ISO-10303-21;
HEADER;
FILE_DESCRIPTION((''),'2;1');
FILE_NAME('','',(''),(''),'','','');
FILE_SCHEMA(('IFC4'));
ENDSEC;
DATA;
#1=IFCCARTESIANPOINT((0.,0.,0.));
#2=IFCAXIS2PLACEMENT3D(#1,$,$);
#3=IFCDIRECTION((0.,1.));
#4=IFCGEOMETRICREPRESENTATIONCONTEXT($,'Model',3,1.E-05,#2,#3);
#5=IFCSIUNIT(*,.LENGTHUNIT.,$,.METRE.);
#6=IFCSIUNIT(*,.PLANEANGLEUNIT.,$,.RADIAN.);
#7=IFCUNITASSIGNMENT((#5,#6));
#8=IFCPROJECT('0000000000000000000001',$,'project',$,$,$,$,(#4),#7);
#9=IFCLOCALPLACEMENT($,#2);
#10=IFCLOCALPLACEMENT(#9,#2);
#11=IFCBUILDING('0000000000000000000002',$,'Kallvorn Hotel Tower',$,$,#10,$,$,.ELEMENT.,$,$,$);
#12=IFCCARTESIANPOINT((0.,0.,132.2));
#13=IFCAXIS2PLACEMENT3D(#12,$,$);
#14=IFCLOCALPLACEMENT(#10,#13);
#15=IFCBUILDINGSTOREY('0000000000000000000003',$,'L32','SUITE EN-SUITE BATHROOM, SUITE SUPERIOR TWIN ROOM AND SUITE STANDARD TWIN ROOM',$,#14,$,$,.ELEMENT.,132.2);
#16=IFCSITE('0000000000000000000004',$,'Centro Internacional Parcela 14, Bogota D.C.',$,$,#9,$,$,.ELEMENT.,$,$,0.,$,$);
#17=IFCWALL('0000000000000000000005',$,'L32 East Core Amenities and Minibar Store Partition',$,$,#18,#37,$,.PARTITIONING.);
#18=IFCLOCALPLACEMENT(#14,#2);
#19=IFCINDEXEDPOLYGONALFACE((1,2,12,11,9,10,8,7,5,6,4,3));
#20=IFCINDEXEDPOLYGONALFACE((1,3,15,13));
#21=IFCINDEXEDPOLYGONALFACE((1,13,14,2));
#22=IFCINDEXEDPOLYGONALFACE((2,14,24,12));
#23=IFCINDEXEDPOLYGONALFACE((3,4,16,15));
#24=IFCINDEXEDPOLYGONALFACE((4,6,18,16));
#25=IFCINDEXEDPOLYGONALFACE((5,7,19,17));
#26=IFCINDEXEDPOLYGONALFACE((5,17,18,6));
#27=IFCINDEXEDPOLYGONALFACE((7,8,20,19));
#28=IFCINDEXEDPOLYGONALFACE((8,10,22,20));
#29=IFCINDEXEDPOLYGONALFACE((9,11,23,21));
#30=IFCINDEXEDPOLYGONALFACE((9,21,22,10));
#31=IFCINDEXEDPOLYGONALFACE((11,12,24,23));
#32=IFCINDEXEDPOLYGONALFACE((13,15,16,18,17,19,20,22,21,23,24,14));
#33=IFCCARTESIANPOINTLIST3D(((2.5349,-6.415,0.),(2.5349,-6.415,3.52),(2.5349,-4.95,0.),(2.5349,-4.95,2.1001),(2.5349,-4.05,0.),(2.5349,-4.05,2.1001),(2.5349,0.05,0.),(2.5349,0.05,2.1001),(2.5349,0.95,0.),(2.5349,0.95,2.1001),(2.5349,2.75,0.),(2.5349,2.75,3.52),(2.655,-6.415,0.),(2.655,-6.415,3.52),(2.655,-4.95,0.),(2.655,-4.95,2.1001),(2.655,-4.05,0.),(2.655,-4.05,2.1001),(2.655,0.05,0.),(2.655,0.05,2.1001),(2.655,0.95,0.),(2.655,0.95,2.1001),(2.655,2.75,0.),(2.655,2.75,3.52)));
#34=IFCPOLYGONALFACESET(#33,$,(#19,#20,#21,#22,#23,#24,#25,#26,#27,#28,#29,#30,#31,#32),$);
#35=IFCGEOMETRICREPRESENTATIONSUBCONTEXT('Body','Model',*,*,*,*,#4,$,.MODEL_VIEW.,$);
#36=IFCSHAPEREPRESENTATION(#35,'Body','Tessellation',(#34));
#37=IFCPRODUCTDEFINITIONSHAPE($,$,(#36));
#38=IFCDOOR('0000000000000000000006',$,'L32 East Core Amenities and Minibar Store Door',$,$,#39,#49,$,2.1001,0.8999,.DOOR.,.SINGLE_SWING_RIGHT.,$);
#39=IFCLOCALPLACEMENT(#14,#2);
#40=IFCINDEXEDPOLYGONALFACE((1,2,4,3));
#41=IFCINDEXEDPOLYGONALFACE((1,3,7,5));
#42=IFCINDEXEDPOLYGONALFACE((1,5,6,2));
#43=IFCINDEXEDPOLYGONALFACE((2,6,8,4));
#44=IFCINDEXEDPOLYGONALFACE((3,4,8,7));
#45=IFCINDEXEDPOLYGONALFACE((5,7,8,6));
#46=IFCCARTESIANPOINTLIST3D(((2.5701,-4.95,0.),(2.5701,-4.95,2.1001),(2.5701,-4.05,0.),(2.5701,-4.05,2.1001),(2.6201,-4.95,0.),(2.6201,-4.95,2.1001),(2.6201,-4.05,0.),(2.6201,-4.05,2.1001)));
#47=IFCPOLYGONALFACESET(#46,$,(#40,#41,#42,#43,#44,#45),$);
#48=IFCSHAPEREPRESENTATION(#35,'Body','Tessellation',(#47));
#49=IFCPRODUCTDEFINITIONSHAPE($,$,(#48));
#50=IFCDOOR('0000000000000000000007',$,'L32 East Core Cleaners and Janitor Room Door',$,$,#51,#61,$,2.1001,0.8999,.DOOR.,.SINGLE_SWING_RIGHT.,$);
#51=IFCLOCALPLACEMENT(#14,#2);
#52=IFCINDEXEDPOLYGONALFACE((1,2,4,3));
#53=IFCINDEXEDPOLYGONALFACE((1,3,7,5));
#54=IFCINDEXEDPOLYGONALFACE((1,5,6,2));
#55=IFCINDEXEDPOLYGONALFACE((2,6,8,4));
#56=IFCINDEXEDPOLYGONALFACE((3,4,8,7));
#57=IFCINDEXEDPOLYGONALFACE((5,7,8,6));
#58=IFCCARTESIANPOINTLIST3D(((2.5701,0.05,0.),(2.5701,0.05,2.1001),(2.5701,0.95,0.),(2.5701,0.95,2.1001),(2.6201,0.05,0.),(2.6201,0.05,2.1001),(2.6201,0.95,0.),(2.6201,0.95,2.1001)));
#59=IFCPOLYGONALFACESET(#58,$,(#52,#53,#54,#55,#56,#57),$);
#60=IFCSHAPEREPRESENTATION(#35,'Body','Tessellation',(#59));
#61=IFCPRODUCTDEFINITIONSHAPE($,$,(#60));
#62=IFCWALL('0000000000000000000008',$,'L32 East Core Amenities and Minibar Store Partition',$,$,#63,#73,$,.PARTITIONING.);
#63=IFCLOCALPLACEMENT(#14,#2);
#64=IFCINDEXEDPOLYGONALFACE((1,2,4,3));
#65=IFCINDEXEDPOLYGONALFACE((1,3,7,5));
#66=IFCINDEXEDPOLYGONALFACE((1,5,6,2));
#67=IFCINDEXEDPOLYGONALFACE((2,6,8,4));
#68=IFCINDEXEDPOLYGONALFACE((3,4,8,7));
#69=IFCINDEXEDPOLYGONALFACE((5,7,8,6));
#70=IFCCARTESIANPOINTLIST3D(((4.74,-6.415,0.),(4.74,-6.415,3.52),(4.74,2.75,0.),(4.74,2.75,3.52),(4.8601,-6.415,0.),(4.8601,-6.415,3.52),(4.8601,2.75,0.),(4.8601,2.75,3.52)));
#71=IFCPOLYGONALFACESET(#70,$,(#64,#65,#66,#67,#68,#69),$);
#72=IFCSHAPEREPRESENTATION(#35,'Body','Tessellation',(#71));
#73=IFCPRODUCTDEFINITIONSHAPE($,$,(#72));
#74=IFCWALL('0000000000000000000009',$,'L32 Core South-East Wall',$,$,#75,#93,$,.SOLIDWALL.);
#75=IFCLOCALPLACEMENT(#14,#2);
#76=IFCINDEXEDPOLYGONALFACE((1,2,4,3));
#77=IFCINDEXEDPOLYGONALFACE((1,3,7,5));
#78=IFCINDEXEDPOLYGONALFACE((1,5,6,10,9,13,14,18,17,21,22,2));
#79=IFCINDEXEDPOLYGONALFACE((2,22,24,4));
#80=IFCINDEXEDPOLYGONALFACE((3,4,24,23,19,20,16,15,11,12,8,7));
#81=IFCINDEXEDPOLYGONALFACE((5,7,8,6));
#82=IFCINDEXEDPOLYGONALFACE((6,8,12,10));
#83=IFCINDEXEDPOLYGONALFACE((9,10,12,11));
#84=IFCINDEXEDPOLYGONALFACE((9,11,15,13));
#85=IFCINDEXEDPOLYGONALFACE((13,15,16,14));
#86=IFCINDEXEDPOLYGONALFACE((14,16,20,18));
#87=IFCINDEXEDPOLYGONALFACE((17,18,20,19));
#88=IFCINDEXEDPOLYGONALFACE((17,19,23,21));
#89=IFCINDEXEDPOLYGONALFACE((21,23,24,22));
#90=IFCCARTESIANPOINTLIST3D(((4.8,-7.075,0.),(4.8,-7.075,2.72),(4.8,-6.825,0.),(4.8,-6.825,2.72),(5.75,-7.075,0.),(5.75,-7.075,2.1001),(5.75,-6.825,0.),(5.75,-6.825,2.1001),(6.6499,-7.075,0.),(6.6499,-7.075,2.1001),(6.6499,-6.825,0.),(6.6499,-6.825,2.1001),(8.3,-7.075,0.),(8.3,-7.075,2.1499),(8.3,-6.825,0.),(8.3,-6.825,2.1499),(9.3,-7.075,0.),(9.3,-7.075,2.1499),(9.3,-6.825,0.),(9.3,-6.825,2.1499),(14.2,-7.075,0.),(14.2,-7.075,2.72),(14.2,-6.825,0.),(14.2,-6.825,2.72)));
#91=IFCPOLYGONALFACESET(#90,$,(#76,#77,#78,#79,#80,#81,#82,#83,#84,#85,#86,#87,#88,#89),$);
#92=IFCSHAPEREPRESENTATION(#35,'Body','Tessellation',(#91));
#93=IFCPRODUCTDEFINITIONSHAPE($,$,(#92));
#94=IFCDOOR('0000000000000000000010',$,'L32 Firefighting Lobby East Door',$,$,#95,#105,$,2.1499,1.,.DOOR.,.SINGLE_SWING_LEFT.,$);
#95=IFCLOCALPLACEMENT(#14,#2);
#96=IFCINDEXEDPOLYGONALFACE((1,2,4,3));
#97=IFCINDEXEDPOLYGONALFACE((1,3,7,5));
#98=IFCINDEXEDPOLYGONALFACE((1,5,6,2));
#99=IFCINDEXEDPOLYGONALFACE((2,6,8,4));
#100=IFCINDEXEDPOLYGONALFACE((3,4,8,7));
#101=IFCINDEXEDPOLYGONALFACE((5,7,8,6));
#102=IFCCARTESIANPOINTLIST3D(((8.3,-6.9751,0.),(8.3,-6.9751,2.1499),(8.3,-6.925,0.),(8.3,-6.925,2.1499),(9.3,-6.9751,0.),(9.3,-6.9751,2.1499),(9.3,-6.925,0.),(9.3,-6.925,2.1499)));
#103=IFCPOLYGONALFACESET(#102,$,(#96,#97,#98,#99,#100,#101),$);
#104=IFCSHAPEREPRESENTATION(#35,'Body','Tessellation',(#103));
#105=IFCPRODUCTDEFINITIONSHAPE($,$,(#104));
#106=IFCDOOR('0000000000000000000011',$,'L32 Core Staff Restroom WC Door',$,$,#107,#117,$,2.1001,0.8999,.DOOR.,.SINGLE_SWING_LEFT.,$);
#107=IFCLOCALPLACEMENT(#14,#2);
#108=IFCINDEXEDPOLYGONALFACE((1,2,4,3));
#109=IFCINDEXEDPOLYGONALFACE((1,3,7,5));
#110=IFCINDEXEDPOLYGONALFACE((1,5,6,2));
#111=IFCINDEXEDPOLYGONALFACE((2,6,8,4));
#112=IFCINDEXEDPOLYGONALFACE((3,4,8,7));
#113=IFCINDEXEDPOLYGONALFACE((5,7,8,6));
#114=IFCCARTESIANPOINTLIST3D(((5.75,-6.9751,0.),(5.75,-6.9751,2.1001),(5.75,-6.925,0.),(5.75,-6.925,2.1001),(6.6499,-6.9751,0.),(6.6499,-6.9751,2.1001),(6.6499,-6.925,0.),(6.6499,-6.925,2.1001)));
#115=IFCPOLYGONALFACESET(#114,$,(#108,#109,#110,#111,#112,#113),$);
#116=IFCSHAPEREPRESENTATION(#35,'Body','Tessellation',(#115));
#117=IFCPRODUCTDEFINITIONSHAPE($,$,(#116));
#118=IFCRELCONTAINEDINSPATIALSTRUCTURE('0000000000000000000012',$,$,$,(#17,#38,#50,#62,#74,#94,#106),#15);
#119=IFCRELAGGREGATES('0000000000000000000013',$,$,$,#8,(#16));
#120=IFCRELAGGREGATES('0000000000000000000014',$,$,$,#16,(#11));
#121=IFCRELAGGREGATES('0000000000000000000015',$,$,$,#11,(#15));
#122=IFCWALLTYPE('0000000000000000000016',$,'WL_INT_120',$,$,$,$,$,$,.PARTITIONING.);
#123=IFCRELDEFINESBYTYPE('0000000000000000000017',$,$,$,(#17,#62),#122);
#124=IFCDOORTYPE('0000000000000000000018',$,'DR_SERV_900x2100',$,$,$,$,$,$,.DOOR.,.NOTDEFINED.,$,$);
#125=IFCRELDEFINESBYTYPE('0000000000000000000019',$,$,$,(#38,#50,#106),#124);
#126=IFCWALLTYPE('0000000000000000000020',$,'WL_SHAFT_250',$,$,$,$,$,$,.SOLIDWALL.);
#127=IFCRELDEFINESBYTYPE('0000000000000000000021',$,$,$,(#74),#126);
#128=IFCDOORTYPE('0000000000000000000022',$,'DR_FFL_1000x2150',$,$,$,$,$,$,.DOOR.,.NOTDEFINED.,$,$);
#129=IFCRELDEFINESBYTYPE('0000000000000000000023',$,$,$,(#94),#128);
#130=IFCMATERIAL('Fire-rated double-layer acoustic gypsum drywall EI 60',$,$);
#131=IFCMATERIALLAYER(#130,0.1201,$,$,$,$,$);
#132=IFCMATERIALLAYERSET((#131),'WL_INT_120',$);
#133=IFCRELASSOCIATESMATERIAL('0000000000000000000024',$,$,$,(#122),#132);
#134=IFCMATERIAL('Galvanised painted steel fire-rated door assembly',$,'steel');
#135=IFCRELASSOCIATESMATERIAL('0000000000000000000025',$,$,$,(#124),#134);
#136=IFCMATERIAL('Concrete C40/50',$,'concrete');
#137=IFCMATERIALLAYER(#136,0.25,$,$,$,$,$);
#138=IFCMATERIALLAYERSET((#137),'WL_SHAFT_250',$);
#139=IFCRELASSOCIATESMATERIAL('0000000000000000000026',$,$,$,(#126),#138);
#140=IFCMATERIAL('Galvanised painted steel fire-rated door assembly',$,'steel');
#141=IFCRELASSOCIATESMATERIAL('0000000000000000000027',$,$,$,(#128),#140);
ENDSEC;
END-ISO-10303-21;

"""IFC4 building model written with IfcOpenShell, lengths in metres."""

from ifc_helpers import new_model, si_unit, direction, frame, frame_2d, origin, place, context, subcontext, project, spatial, rectangle, extrude, material, layer, layer_set, type_object, element, fill, save


model = new_model("IFC4")

# Units and contexts
model_context = context("Model", 3, precision=1e-05, world=origin(), true_north=direction((0.0, 1.0)))
body_context = subcontext(model_context, "Body", "Model", "MODEL_VIEW")
ifc_project = project(units=[si_unit("LENGTHUNIT", "METRE"), si_unit("PLANEANGLEUNIT", "RADIAN")], contexts=[model_context])

# Site, building, storey
site_placement = place(None, origin())
site = spatial("IfcSite", under=ifc_project, at=site_placement, Name="Centro Internacional Parcela 14, Bogota D.C.", CompositionType="ELEMENT", RefElevation=0.0)
building_placement = place(site_placement, origin())
building = spatial("IfcBuilding", under=site, at=building_placement, Name="Kallvorn Hotel Tower", CompositionType="ELEMENT")
storey_placement = place(building_placement, frame((0.0, 0.0, 132.2)))
storey = spatial("IfcBuildingStorey", under=building, at=storey_placement, Name="L32", Description="SUITE EN-SUITE BATHROOM, SUITE SUPERIOR TWIN ROOM AND SUITE STANDARD TWIN ROOM", CompositionType="ELEMENT", Elevation=132.2)

# Shared definitions
ifc_material_1 = material(Name="Fire-rated double-layer acoustic gypsum drywall EI 60")
ifc_layer_1 = layer(ifc_material_1, 0.1201)
ifc_layer_set_1 = layer_set([ifc_layer_1], Name="WL_INT_120")
wall_type_1 = type_object("IfcWallType", Name="WL_INT_120", PredefinedType="PARTITIONING", material=ifc_layer_set_1)

# Wall, openings, doors
wall_1_placement = place(storey_placement, frame((2.595, -6.415, 0.0), z_axis=(0.0, 0.0, 1.0), x_axis=(0.0, 1.0, 0.0)))
wall_1 = element("IfcWall", 1, at=wall_1_placement, inside=storey, type_object=wall_type_1, Name="L32 East Core Amenities and Minibar Store Partition", PredefinedType="PARTITIONING", context=body_context, shape_type="SweptSolid", body=[
    extrude(rectangle(XDim=9.165, YDim=0.1201, at=frame_2d((4.5825, 0.0))), origin(), (0.0, 0.0, 1.0), 3.52),
])
opening_1_placement = place(wall_1_placement, frame((1.4651, 0.0, 0.0)))
opening_1 = element("IfcOpeningElement", 2, at=opening_1_placement, cuts=wall_1, PredefinedType="OPENING", context=body_context, shape_type="SweptSolid", body=[
    extrude(rectangle(XDim=0.8999, YDim=2.1001, at=frame_2d((0.45, 1.05))), frame((0.0, 0.075, 0.0), z_axis=(0.0, -1.0, 0.0), x_axis=(1.0, 0.0, 0.0)), (0.0, 0.0, 1.0), 0.1501),
])
opening_2_placement = place(wall_1_placement, frame((6.4651, 0.0, 0.0)))
opening_2 = element("IfcOpeningElement", 3, at=opening_2_placement, cuts=wall_1, PredefinedType="OPENING", context=body_context, shape_type="SweptSolid", body=[
    extrude(rectangle(XDim=0.8999, YDim=2.1001, at=frame_2d((0.45, 1.05))), frame((0.0, 0.075, 0.0), z_axis=(0.0, -1.0, 0.0), x_axis=(1.0, 0.0, 0.0)), (0.0, 0.0, 1.0), 0.1501),
])
ifc_material_2 = material(Name="Galvanised painted steel fire-rated door assembly", Category="steel")
door_type_1 = type_object("IfcDoorType", Name="DR_SERV_900x2100", OperationType="NOTDEFINED", PredefinedType="DOOR", material=ifc_material_2)
door_1_placement = place(opening_1_placement, origin())
door_1 = element("IfcDoor", 4, at=door_1_placement, inside=storey, type_object=door_type_1, Name="L32 East Core Amenities and Minibar Store Door", OperationType="SINGLE_SWING_RIGHT", OverallHeight=2.1001, OverallWidth=0.8999, PredefinedType="DOOR", context=body_context, shape_type="SweptSolid", body=[
    extrude(rectangle(XDim=0.8999, YDim=2.1001, at=frame_2d((0.45, 1.05))), frame((0.0, 0.0249, 0.0), z_axis=(0.0, -1.0, 0.0), x_axis=(1.0, 0.0, 0.0)), (0.0, 0.0, 1.0), 0.05),
])
fill(opening_1, door_1)
door_2_placement = place(opening_2_placement, origin())
door_2 = element("IfcDoor", 5, at=door_2_placement, inside=storey, type_object=door_type_1, Name="L32 East Core Cleaners and Janitor Room Door", OperationType="SINGLE_SWING_RIGHT", OverallHeight=2.1001, OverallWidth=0.8999, PredefinedType="DOOR", context=body_context, shape_type="SweptSolid", body=[
    extrude(rectangle(XDim=0.8999, YDim=2.1001, at=frame_2d((0.45, 1.05))), frame((0.0, 0.0249, 0.0), z_axis=(0.0, -1.0, 0.0), x_axis=(1.0, 0.0, 0.0)), (0.0, 0.0, 1.0), 0.05),
])
fill(opening_2, door_2)

# Wall
wall_2_placement = place(storey_placement, frame((4.8, -6.415, 0.0), z_axis=(0.0, 0.0, 1.0), x_axis=(0.0, 1.0, 0.0)))
element("IfcWall", 6, at=wall_2_placement, inside=storey, type_object=wall_type_1, Name="L32 East Core Amenities and Minibar Store Partition", PredefinedType="PARTITIONING", context=body_context, shape_type="SweptSolid", body=[
    extrude(rectangle(XDim=9.165, YDim=0.1201, at=frame_2d((4.5825, 0.0))), origin(), (0.0, 0.0, 1.0), 3.52),
])

# Wall, openings, doors
ifc_material_3 = material(Name="Concrete C40/50", Category="concrete")
ifc_layer_2 = layer(ifc_material_3, 0.25)
ifc_layer_set_2 = layer_set([ifc_layer_2], Name="WL_SHAFT_250")
wall_type_2 = type_object("IfcWallType", Name="WL_SHAFT_250", PredefinedType="SOLIDWALL", material=ifc_layer_set_2)
wall_3_placement = place(storey_placement, frame((4.8, -6.95, 0.0), z_axis=(0.0, 0.0, 1.0), x_axis=(1.0, 0.0, 0.0)))
wall_3 = element("IfcWall", 7, at=wall_3_placement, inside=storey, type_object=wall_type_2, Name="L32 Core South-East Wall", PredefinedType="SOLIDWALL", context=body_context, shape_type="SweptSolid", body=[
    extrude(rectangle(XDim=9.3999, YDim=0.25, at=frame_2d((4.7, 0.0))), origin(), (0.0, 0.0, 1.0), 2.72),
])
opening_3_placement = place(wall_3_placement, frame((3.5, 0.0, 0.0)))
opening_3 = element("IfcOpeningElement", 8, at=opening_3_placement, cuts=wall_3, PredefinedType="OPENING", context=body_context, shape_type="SweptSolid", body=[
    extrude(rectangle(XDim=1.0, YDim=2.1499, at=frame_2d((0.5, 1.075))), frame((0.0, 0.1399, 0.0), z_axis=(0.0, -1.0, 0.0), x_axis=(1.0, 0.0, 0.0)), (0.0, 0.0, 1.0), 0.28),
])
opening_4_placement = place(wall_3_placement, frame((0.95, 0.0, 0.0)))
opening_4 = element("IfcOpeningElement", 9, at=opening_4_placement, cuts=wall_3, PredefinedType="OPENING", context=body_context, shape_type="SweptSolid", body=[
    extrude(rectangle(XDim=0.8999, YDim=2.1001, at=frame_2d((0.45, 1.05))), frame((0.0, 0.1399, 0.0), z_axis=(0.0, -1.0, 0.0), x_axis=(1.0, 0.0, 0.0)), (0.0, 0.0, 1.0), 0.28),
])
ifc_material_4 = material(Name="Galvanised painted steel fire-rated door assembly", Category="steel")
door_type_2 = type_object("IfcDoorType", Name="DR_FFL_1000x2150", OperationType="NOTDEFINED", PredefinedType="DOOR", material=ifc_material_4)
door_3_placement = place(opening_3_placement, origin())
door_3 = element("IfcDoor", 10, at=door_3_placement, inside=storey, type_object=door_type_2, Name="L32 Firefighting Lobby East Door", OperationType="SINGLE_SWING_LEFT", OverallHeight=2.1499, OverallWidth=1.0, PredefinedType="DOOR", context=body_context, shape_type="SweptSolid", body=[
    extrude(rectangle(XDim=1.0, YDim=2.1499, at=frame_2d((0.5, 1.075))), frame((0.0, 0.0249, 0.0), z_axis=(0.0, -1.0, 0.0), x_axis=(1.0, 0.0, 0.0)), (0.0, 0.0, 1.0), 0.05),
])
fill(opening_3, door_3)
door_4_placement = place(opening_4_placement, origin())
door_4 = element("IfcDoor", 11, at=door_4_placement, inside=storey, type_object=door_type_1, Name="L32 Core Staff Restroom WC Door", OperationType="SINGLE_SWING_LEFT", OverallHeight=2.1001, OverallWidth=0.8999, PredefinedType="DOOR", context=body_context, shape_type="SweptSolid", body=[
    extrude(rectangle(XDim=0.8999, YDim=2.1001, at=frame_2d((0.45, 1.05))), frame((0.0, 0.0249, 0.0), z_axis=(0.0, -1.0, 0.0), x_axis=(1.0, 0.0, 0.0)), (0.0, 0.0, 1.0), 0.05),
])
fill(opening_4, door_4)

save(model, "model.ifc")
